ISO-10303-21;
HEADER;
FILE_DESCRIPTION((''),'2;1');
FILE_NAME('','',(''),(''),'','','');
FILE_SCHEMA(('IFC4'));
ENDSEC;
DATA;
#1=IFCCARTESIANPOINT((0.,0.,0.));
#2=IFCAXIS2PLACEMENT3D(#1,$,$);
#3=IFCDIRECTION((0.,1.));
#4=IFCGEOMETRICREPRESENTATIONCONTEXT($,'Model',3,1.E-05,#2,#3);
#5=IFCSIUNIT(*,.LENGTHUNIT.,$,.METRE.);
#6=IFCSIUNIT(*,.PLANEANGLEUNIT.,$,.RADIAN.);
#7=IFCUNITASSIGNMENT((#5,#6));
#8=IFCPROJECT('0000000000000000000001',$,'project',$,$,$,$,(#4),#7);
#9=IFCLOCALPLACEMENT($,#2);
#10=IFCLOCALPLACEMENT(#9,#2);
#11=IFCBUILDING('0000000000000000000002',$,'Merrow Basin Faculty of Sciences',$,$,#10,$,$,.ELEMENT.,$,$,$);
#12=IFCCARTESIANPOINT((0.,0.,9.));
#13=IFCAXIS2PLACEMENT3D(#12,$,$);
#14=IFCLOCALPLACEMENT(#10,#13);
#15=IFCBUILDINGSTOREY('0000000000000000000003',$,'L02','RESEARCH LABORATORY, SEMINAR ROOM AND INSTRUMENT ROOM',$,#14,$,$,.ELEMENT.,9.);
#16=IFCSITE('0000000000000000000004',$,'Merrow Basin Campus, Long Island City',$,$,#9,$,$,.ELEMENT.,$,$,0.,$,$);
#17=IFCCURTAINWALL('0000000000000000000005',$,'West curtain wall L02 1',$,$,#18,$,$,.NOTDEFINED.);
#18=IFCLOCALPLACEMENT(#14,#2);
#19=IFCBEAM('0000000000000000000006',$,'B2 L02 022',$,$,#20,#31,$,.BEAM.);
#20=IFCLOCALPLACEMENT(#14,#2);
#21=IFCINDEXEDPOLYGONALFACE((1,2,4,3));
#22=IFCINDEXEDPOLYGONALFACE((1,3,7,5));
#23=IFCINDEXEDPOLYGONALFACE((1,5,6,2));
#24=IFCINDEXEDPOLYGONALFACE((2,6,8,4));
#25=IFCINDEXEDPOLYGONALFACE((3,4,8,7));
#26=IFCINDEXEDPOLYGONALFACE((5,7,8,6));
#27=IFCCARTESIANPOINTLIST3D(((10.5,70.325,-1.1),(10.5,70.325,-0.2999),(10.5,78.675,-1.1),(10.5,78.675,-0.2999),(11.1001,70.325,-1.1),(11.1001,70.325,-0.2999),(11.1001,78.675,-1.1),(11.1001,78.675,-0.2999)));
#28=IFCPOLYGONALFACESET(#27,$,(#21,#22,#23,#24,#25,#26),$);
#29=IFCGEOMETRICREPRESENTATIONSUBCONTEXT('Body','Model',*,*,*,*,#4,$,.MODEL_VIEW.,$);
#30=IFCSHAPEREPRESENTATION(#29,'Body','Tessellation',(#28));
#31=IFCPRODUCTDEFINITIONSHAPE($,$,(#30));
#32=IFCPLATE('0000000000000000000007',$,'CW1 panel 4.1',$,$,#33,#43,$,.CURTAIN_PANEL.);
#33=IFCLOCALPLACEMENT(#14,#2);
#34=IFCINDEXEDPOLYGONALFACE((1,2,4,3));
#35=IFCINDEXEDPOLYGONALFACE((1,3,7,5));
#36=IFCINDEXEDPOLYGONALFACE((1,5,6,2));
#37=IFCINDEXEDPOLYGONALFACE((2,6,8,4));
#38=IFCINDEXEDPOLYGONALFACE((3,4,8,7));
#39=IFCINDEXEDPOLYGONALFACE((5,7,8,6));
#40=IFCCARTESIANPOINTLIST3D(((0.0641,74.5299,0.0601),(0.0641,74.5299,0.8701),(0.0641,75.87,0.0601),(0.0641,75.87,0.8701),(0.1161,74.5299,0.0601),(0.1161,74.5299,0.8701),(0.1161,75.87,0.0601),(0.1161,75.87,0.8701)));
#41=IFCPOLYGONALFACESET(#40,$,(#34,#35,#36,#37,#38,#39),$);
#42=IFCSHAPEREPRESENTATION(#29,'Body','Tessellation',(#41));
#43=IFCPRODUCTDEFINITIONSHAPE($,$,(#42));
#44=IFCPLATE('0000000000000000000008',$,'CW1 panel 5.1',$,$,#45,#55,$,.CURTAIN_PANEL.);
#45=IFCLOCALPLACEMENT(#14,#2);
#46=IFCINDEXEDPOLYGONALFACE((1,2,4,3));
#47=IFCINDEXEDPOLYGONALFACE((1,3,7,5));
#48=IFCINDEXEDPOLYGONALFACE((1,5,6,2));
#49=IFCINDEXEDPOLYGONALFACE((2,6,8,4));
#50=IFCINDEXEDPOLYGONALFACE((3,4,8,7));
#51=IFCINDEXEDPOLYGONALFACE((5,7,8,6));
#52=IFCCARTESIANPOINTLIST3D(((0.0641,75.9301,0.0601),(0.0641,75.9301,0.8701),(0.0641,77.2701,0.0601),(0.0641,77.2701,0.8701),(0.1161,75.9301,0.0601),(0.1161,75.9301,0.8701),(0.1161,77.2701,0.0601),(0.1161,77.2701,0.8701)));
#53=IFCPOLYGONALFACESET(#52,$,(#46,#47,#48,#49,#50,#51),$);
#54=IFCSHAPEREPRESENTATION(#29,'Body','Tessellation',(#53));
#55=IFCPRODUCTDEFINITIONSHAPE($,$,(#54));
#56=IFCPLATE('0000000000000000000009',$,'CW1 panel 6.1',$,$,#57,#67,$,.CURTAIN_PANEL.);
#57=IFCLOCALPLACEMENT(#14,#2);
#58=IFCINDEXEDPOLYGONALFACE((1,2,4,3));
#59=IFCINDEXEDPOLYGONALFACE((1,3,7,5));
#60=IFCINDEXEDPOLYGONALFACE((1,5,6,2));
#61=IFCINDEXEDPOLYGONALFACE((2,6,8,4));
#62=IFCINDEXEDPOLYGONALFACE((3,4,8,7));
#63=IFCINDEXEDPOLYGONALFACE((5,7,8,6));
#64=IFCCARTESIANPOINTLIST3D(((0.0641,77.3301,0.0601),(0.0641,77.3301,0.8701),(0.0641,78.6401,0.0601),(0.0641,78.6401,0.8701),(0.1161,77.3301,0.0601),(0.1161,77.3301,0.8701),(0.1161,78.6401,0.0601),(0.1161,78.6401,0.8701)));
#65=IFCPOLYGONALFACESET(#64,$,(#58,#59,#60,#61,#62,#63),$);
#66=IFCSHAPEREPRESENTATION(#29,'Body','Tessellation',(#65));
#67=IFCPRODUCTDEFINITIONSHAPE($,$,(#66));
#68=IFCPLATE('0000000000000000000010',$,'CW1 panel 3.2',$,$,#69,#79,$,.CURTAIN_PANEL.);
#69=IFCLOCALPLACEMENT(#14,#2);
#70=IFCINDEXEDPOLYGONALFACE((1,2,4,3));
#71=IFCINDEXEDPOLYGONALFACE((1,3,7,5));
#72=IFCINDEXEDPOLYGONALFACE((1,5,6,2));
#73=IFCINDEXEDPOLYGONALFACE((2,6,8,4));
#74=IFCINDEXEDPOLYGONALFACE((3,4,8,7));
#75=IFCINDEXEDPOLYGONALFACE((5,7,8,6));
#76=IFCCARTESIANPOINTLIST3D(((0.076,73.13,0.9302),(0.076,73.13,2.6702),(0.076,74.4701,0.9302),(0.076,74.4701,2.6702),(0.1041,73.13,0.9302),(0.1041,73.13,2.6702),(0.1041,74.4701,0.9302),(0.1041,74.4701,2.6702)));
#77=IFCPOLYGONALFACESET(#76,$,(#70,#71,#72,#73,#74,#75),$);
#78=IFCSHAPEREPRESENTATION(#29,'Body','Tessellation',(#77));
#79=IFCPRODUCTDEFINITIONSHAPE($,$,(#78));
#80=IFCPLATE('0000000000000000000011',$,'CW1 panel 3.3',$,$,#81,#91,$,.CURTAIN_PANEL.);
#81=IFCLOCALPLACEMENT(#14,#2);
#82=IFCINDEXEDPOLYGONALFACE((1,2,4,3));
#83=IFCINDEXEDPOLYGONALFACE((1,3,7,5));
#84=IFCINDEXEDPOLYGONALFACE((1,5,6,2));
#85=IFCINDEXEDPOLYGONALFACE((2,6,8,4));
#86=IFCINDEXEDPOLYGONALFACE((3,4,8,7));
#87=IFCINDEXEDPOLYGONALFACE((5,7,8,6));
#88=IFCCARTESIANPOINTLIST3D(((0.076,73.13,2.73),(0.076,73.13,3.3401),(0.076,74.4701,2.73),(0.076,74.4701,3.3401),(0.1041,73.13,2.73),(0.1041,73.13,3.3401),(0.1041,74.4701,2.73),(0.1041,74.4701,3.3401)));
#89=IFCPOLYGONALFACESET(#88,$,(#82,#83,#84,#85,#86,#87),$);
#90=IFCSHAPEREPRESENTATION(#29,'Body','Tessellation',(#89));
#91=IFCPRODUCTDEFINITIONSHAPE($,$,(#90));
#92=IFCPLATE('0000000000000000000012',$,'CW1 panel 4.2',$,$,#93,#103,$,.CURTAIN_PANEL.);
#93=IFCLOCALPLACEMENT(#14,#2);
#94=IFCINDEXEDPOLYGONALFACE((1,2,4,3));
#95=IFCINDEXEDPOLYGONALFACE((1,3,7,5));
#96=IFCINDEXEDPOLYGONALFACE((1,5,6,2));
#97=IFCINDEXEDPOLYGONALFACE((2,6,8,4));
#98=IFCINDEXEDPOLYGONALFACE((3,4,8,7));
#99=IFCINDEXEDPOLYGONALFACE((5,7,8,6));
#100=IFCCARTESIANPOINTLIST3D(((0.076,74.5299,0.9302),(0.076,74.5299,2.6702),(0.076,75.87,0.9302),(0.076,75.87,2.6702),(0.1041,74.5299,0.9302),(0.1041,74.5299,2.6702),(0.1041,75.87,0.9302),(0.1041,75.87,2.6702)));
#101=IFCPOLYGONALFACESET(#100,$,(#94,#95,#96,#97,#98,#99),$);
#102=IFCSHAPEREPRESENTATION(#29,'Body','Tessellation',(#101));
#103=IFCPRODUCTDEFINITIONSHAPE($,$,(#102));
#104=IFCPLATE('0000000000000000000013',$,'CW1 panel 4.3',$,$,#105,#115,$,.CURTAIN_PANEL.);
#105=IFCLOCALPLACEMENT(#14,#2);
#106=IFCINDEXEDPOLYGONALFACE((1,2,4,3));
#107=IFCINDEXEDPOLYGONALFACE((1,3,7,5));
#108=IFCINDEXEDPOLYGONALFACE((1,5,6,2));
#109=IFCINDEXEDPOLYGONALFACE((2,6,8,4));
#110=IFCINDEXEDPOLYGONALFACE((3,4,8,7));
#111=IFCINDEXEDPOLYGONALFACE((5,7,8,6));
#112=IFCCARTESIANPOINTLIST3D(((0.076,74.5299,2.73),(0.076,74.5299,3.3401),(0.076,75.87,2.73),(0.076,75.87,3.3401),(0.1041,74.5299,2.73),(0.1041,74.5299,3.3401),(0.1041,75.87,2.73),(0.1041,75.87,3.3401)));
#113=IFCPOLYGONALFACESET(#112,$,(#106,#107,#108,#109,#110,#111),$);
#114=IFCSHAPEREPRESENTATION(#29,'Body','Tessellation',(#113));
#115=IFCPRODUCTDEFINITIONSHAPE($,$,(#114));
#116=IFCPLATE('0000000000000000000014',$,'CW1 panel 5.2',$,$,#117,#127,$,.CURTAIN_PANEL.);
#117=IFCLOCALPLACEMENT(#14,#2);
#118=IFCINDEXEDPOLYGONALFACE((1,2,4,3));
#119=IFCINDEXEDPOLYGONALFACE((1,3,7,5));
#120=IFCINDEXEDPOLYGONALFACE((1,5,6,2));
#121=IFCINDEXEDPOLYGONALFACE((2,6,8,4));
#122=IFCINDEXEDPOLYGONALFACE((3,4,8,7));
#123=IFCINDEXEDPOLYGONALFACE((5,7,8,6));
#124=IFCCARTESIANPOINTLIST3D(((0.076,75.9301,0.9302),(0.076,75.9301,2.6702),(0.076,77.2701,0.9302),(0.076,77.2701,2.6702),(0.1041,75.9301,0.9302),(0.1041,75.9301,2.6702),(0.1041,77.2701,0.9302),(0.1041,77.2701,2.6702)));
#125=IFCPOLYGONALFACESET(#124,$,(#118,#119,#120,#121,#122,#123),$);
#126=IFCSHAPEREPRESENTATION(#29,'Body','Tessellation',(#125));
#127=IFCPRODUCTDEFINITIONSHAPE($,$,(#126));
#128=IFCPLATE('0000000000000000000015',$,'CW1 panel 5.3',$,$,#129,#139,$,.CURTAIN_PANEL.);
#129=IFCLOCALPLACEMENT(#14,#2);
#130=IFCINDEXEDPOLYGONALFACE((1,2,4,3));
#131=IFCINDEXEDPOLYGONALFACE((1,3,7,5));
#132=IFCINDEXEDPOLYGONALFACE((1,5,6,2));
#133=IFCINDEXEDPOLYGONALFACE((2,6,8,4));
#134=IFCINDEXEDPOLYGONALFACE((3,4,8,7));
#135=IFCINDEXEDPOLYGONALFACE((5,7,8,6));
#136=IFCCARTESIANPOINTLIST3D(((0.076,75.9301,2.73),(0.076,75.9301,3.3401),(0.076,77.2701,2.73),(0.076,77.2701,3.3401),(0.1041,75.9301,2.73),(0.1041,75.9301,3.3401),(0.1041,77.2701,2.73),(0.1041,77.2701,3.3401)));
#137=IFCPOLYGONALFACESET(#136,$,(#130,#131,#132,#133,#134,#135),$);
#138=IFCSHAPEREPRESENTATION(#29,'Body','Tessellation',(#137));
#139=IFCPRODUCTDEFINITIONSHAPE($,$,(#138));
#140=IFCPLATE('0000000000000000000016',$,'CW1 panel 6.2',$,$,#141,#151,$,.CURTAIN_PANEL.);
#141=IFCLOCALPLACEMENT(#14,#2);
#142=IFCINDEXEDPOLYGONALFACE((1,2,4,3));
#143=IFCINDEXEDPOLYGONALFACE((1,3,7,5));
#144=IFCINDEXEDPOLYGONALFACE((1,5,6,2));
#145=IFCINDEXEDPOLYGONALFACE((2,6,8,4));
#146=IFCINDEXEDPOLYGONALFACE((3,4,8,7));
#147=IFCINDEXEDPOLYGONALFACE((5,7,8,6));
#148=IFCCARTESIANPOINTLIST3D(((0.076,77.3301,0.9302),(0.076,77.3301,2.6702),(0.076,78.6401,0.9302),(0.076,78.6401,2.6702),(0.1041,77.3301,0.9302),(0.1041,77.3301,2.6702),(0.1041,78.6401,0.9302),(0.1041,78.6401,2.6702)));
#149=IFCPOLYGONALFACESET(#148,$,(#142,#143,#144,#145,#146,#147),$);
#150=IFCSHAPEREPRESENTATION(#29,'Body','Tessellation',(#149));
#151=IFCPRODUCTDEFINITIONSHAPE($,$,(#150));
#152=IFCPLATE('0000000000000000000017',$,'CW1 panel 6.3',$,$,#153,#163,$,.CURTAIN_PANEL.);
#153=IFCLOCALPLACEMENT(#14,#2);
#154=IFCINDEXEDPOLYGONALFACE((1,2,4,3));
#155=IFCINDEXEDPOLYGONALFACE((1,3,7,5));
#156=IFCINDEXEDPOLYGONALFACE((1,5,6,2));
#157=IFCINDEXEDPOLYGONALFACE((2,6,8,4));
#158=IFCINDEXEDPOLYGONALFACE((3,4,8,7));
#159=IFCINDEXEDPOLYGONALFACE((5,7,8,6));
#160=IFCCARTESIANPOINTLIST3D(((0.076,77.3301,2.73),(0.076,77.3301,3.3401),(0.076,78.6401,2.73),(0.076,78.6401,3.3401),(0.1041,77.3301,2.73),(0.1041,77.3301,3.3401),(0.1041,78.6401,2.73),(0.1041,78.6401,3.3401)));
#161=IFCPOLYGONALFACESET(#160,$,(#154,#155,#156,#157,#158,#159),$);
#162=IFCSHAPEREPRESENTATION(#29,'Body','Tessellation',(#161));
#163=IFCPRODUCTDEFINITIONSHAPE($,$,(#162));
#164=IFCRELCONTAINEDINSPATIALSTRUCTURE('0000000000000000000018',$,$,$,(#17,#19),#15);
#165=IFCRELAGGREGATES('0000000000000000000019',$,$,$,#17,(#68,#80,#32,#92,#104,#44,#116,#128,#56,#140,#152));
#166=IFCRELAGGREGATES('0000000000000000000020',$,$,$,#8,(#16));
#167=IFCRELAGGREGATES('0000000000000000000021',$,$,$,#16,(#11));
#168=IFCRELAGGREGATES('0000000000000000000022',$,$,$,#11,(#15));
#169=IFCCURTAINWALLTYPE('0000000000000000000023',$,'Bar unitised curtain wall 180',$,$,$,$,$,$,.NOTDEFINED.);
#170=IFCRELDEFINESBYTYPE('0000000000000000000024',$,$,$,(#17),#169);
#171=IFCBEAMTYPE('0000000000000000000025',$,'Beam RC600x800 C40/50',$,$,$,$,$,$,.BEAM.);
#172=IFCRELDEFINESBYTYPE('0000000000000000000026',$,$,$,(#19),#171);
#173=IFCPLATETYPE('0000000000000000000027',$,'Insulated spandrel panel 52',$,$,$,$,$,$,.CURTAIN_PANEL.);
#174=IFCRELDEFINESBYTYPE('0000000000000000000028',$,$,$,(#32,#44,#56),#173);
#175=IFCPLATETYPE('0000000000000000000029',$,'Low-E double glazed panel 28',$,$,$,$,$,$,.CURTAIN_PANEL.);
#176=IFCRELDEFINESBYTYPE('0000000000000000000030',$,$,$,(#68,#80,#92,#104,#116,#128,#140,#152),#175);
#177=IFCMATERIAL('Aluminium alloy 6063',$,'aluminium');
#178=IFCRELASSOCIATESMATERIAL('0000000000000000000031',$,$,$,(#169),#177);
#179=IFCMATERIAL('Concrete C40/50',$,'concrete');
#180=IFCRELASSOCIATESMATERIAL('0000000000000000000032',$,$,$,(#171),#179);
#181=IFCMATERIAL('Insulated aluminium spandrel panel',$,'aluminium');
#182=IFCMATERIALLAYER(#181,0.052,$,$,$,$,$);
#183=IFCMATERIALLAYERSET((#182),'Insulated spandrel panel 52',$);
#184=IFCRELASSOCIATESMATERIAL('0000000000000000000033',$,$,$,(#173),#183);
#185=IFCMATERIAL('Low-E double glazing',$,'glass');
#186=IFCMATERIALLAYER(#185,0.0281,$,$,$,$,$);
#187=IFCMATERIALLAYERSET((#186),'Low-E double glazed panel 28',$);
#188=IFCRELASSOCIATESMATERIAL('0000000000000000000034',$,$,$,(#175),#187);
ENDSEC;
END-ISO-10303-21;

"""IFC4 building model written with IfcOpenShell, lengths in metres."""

from ifc_helpers import new_model, si_unit, direction, frame, origin, origin_2d, place, context, subcontext, project, spatial, rectangle, extrude, material, layer, layer_set, material_profile, profile_set, type_object, element, aggregate, save


model = new_model("IFC4")

# Units and contexts
model_context = context("Model", 3, precision=1e-05, world=origin(), true_north=direction((0.0, 1.0)))
body_context = subcontext(model_context, "Body", "Model", "MODEL_VIEW")
ifc_project = project(units=[si_unit("LENGTHUNIT", "METRE"), si_unit("PLANEANGLEUNIT", "RADIAN")], contexts=[model_context])

# Site, building, storey
site_placement = place(None, origin())
site = spatial("IfcSite", under=ifc_project, at=site_placement, Name="Merrow Basin Campus, Long Island City", CompositionType="ELEMENT", RefElevation=0.0)
building_placement = place(site_placement, origin())
building = spatial("IfcBuilding", under=site, at=building_placement, Name="Merrow Basin Faculty of Sciences", CompositionType="ELEMENT")
storey_placement = place(building_placement, frame((0.0, 0.0, 9.0)))
storey = spatial("IfcBuildingStorey", under=building, at=storey_placement, Name="L02", Description="RESEARCH LABORATORY, SEMINAR ROOM AND INSTRUMENT ROOM", CompositionType="ELEMENT", Elevation=9.0)

# Curtain wall
ifc_material_1 = material(Name="Aluminium alloy 6063", Category="aluminium")
curtain_wall_type = type_object("IfcCurtainWallType", Name="Bar unitised curtain wall 180", PredefinedType="NOTDEFINED", material=ifc_material_1)
curtain_wall_placement = place(storey_placement, origin())
curtain_wall = element("IfcCurtainWall", 1, at=curtain_wall_placement, inside=storey, type_object=curtain_wall_type, Name="West curtain wall L02 1", PredefinedType="NOTDEFINED")

# Beam
ifc_material_2 = material(Name="Concrete C40/50", Category="concrete")
ifc_material_profile_1 = material_profile(ifc_material_2, rectangle(XDim=0.6001, YDim=0.8, at=origin_2d()))
ifc_profile_set_1 = profile_set([ifc_material_profile_1], Name="Concrete C40/50")
beam_type = type_object("IfcBeamType", Name="Beam RC600x800 C40/50", PredefinedType="BEAM", material=ifc_profile_set_1)
beam_placement = place(storey_placement, frame((10.8, 70.325, -0.7), z_axis=(0.0, 1.0, 0.0), x_axis=(-1.0, 0.0, 0.0)))
element("IfcBeam", 2, at=beam_placement, inside=storey, type_object=beam_type, Name="B2 L02 022", PredefinedType="BEAM", context=body_context, shape_type="SweptSolid", body=[
    extrude(rectangle(XDim=0.6001, YDim=0.8, at=origin_2d()), origin(), (0.0, 0.0, 1.0), 8.3501),
])

# Plates
ifc_material_3 = material(Name="Insulated aluminium spandrel panel", Category="aluminium")
ifc_layer_1 = layer(ifc_material_3, 0.052)
ifc_layer_set_1 = layer_set([ifc_layer_1], Name="Insulated spandrel panel 52")
plate_type_1 = type_object("IfcPlateType", Name="Insulated spandrel panel 52", PredefinedType="CURTAIN_PANEL", material=ifc_layer_set_1)
plate_1_placement = place(storey_placement, frame((0.0901, 75.2, 0.0601), z_axis=(0.0, 0.0, 1.0), x_axis=(0.0, 1.0, 0.0)))
plate_1 = element("IfcPlate", 3, at=plate_1_placement, type_object=plate_type_1, Name="CW1 panel 4.1", PredefinedType="CURTAIN_PANEL", context=body_context, shape_type="SweptSolid", body=[
    extrude(rectangle(XDim=1.3401, YDim=0.052, at=origin_2d()), origin(), (0.0, 0.0, 1.0), 0.8101),
])
plate_2_placement = place(storey_placement, frame((0.0901, 76.6001, 0.0601), z_axis=(0.0, 0.0, 1.0), x_axis=(0.0, 1.0, 0.0)))
plate_2 = element("IfcPlate", 4, at=plate_2_placement, type_object=plate_type_1, Name="CW1 panel 5.1", PredefinedType="CURTAIN_PANEL", context=body_context, shape_type="SweptSolid", body=[
    extrude(rectangle(XDim=1.3401, YDim=0.052, at=origin_2d()), origin(), (0.0, 0.0, 1.0), 0.8101),
])
plate_3_placement = place(storey_placement, frame((0.0901, 77.9851, 0.0601), z_axis=(0.0, 0.0, 1.0), x_axis=(0.0, 1.0, 0.0)))
plate_3 = element("IfcPlate", 5, at=plate_3_placement, type_object=plate_type_1, Name="CW1 panel 6.1", PredefinedType="CURTAIN_PANEL", context=body_context, shape_type="SweptSolid", body=[
    extrude(rectangle(XDim=1.3101, YDim=0.052, at=origin_2d()), origin(), (0.0, 0.0, 1.0), 0.8101),
])
ifc_material_4 = material(Name="Low-E double glazing", Category="glass")
ifc_layer_2 = layer(ifc_material_4, 0.0281)
ifc_layer_set_2 = layer_set([ifc_layer_2], Name="Low-E double glazed panel 28")
plate_type_2 = type_object("IfcPlateType", Name="Low-E double glazed panel 28", PredefinedType="CURTAIN_PANEL", material=ifc_layer_set_2)
plate_4_placement = place(storey_placement, frame((0.0901, 73.8, 0.9302), z_axis=(0.0, 0.0, 1.0), x_axis=(0.0, 1.0, 0.0)))
plate_4 = element("IfcPlate", 6, at=plate_4_placement, type_object=plate_type_2, Name="CW1 panel 3.2", PredefinedType="CURTAIN_PANEL", context=body_context, shape_type="SweptSolid", body=[
    extrude(rectangle(XDim=1.3401, YDim=0.0281, at=origin_2d()), origin(), (0.0, 0.0, 1.0), 1.74),
])
plate_5_placement = place(storey_placement, frame((0.0901, 73.8, 2.73), z_axis=(0.0, 0.0, 1.0), x_axis=(0.0, 1.0, 0.0)))
plate_5 = element("IfcPlate", 7, at=plate_5_placement, type_object=plate_type_2, Name="CW1 panel 3.3", PredefinedType="CURTAIN_PANEL", context=body_context, shape_type="SweptSolid", body=[
    extrude(rectangle(XDim=1.3401, YDim=0.0281, at=origin_2d()), origin(), (0.0, 0.0, 1.0), 0.6101),
])
plate_6_placement = place(storey_placement, frame((0.0901, 75.2, 0.9302), z_axis=(0.0, 0.0, 1.0), x_axis=(0.0, 1.0, 0.0)))
plate_6 = element("IfcPlate", 8, at=plate_6_placement, type_object=plate_type_2, Name="CW1 panel 4.2", PredefinedType="CURTAIN_PANEL", context=body_context, shape_type="SweptSolid", body=[
    extrude(rectangle(XDim=1.3401, YDim=0.0281, at=origin_2d()), origin(), (0.0, 0.0, 1.0), 1.74),
])
plate_7_placement = place(storey_placement, frame((0.0901, 75.2, 2.73), z_axis=(0.0, 0.0, 1.0), x_axis=(0.0, 1.0, 0.0)))
plate_7 = element("IfcPlate", 9, at=plate_7_placement, type_object=plate_type_2, Name="CW1 panel 4.3", PredefinedType="CURTAIN_PANEL", context=body_context, shape_type="SweptSolid", body=[
    extrude(rectangle(XDim=1.3401, YDim=0.0281, at=origin_2d()), origin(), (0.0, 0.0, 1.0), 0.6101),
])
plate_8_placement = place(storey_placement, frame((0.0901, 76.6001, 0.9302), z_axis=(0.0, 0.0, 1.0), x_axis=(0.0, 1.0, 0.0)))
plate_8 = element("IfcPlate", 10, at=plate_8_placement, type_object=plate_type_2, Name="CW1 panel 5.2", PredefinedType="CURTAIN_PANEL", context=body_context, shape_type="SweptSolid", body=[
    extrude(rectangle(XDim=1.3401, YDim=0.0281, at=origin_2d()), origin(), (0.0, 0.0, 1.0), 1.74),
])
plate_9_placement = place(storey_placement, frame((0.0901, 76.6001, 2.73), z_axis=(0.0, 0.0, 1.0), x_axis=(0.0, 1.0, 0.0)))
plate_9 = element("IfcPlate", 11, at=plate_9_placement, type_object=plate_type_2, Name="CW1 panel 5.3", PredefinedType="CURTAIN_PANEL", context=body_context, shape_type="SweptSolid", body=[
    extrude(rectangle(XDim=1.3401, YDim=0.0281, at=origin_2d()), origin(), (0.0, 0.0, 1.0), 0.6101),
])
plate_10_placement = place(storey_placement, frame((0.0901, 77.9851, 0.9302), z_axis=(0.0, 0.0, 1.0), x_axis=(0.0, 1.0, 0.0)))
plate_10 = element("IfcPlate", 12, at=plate_10_placement, type_object=plate_type_2, Name="CW1 panel 6.2", PredefinedType="CURTAIN_PANEL", context=body_context, shape_type="SweptSolid", body=[
    extrude(rectangle(XDim=1.3101, YDim=0.0281, at=origin_2d()), origin(), (0.0, 0.0, 1.0), 1.74),
])
plate_11_placement = place(storey_placement, frame((0.0901, 77.9851, 2.73), z_axis=(0.0, 0.0, 1.0), x_axis=(0.0, 1.0, 0.0)))
plate_11 = element("IfcPlate", 13, at=plate_11_placement, type_object=plate_type_2, Name="CW1 panel 6.3", PredefinedType="CURTAIN_PANEL", context=body_context, shape_type="SweptSolid", body=[
    extrude(rectangle(XDim=1.3101, YDim=0.0281, at=origin_2d()), origin(), (0.0, 0.0, 1.0), 0.6101),
])
aggregate(curtain_wall, [plate_4, plate_5, plate_1, plate_6, plate_7, plate_2, plate_8, plate_9, plate_3, plate_10, plate_11])

save(model, "model.ifc")
